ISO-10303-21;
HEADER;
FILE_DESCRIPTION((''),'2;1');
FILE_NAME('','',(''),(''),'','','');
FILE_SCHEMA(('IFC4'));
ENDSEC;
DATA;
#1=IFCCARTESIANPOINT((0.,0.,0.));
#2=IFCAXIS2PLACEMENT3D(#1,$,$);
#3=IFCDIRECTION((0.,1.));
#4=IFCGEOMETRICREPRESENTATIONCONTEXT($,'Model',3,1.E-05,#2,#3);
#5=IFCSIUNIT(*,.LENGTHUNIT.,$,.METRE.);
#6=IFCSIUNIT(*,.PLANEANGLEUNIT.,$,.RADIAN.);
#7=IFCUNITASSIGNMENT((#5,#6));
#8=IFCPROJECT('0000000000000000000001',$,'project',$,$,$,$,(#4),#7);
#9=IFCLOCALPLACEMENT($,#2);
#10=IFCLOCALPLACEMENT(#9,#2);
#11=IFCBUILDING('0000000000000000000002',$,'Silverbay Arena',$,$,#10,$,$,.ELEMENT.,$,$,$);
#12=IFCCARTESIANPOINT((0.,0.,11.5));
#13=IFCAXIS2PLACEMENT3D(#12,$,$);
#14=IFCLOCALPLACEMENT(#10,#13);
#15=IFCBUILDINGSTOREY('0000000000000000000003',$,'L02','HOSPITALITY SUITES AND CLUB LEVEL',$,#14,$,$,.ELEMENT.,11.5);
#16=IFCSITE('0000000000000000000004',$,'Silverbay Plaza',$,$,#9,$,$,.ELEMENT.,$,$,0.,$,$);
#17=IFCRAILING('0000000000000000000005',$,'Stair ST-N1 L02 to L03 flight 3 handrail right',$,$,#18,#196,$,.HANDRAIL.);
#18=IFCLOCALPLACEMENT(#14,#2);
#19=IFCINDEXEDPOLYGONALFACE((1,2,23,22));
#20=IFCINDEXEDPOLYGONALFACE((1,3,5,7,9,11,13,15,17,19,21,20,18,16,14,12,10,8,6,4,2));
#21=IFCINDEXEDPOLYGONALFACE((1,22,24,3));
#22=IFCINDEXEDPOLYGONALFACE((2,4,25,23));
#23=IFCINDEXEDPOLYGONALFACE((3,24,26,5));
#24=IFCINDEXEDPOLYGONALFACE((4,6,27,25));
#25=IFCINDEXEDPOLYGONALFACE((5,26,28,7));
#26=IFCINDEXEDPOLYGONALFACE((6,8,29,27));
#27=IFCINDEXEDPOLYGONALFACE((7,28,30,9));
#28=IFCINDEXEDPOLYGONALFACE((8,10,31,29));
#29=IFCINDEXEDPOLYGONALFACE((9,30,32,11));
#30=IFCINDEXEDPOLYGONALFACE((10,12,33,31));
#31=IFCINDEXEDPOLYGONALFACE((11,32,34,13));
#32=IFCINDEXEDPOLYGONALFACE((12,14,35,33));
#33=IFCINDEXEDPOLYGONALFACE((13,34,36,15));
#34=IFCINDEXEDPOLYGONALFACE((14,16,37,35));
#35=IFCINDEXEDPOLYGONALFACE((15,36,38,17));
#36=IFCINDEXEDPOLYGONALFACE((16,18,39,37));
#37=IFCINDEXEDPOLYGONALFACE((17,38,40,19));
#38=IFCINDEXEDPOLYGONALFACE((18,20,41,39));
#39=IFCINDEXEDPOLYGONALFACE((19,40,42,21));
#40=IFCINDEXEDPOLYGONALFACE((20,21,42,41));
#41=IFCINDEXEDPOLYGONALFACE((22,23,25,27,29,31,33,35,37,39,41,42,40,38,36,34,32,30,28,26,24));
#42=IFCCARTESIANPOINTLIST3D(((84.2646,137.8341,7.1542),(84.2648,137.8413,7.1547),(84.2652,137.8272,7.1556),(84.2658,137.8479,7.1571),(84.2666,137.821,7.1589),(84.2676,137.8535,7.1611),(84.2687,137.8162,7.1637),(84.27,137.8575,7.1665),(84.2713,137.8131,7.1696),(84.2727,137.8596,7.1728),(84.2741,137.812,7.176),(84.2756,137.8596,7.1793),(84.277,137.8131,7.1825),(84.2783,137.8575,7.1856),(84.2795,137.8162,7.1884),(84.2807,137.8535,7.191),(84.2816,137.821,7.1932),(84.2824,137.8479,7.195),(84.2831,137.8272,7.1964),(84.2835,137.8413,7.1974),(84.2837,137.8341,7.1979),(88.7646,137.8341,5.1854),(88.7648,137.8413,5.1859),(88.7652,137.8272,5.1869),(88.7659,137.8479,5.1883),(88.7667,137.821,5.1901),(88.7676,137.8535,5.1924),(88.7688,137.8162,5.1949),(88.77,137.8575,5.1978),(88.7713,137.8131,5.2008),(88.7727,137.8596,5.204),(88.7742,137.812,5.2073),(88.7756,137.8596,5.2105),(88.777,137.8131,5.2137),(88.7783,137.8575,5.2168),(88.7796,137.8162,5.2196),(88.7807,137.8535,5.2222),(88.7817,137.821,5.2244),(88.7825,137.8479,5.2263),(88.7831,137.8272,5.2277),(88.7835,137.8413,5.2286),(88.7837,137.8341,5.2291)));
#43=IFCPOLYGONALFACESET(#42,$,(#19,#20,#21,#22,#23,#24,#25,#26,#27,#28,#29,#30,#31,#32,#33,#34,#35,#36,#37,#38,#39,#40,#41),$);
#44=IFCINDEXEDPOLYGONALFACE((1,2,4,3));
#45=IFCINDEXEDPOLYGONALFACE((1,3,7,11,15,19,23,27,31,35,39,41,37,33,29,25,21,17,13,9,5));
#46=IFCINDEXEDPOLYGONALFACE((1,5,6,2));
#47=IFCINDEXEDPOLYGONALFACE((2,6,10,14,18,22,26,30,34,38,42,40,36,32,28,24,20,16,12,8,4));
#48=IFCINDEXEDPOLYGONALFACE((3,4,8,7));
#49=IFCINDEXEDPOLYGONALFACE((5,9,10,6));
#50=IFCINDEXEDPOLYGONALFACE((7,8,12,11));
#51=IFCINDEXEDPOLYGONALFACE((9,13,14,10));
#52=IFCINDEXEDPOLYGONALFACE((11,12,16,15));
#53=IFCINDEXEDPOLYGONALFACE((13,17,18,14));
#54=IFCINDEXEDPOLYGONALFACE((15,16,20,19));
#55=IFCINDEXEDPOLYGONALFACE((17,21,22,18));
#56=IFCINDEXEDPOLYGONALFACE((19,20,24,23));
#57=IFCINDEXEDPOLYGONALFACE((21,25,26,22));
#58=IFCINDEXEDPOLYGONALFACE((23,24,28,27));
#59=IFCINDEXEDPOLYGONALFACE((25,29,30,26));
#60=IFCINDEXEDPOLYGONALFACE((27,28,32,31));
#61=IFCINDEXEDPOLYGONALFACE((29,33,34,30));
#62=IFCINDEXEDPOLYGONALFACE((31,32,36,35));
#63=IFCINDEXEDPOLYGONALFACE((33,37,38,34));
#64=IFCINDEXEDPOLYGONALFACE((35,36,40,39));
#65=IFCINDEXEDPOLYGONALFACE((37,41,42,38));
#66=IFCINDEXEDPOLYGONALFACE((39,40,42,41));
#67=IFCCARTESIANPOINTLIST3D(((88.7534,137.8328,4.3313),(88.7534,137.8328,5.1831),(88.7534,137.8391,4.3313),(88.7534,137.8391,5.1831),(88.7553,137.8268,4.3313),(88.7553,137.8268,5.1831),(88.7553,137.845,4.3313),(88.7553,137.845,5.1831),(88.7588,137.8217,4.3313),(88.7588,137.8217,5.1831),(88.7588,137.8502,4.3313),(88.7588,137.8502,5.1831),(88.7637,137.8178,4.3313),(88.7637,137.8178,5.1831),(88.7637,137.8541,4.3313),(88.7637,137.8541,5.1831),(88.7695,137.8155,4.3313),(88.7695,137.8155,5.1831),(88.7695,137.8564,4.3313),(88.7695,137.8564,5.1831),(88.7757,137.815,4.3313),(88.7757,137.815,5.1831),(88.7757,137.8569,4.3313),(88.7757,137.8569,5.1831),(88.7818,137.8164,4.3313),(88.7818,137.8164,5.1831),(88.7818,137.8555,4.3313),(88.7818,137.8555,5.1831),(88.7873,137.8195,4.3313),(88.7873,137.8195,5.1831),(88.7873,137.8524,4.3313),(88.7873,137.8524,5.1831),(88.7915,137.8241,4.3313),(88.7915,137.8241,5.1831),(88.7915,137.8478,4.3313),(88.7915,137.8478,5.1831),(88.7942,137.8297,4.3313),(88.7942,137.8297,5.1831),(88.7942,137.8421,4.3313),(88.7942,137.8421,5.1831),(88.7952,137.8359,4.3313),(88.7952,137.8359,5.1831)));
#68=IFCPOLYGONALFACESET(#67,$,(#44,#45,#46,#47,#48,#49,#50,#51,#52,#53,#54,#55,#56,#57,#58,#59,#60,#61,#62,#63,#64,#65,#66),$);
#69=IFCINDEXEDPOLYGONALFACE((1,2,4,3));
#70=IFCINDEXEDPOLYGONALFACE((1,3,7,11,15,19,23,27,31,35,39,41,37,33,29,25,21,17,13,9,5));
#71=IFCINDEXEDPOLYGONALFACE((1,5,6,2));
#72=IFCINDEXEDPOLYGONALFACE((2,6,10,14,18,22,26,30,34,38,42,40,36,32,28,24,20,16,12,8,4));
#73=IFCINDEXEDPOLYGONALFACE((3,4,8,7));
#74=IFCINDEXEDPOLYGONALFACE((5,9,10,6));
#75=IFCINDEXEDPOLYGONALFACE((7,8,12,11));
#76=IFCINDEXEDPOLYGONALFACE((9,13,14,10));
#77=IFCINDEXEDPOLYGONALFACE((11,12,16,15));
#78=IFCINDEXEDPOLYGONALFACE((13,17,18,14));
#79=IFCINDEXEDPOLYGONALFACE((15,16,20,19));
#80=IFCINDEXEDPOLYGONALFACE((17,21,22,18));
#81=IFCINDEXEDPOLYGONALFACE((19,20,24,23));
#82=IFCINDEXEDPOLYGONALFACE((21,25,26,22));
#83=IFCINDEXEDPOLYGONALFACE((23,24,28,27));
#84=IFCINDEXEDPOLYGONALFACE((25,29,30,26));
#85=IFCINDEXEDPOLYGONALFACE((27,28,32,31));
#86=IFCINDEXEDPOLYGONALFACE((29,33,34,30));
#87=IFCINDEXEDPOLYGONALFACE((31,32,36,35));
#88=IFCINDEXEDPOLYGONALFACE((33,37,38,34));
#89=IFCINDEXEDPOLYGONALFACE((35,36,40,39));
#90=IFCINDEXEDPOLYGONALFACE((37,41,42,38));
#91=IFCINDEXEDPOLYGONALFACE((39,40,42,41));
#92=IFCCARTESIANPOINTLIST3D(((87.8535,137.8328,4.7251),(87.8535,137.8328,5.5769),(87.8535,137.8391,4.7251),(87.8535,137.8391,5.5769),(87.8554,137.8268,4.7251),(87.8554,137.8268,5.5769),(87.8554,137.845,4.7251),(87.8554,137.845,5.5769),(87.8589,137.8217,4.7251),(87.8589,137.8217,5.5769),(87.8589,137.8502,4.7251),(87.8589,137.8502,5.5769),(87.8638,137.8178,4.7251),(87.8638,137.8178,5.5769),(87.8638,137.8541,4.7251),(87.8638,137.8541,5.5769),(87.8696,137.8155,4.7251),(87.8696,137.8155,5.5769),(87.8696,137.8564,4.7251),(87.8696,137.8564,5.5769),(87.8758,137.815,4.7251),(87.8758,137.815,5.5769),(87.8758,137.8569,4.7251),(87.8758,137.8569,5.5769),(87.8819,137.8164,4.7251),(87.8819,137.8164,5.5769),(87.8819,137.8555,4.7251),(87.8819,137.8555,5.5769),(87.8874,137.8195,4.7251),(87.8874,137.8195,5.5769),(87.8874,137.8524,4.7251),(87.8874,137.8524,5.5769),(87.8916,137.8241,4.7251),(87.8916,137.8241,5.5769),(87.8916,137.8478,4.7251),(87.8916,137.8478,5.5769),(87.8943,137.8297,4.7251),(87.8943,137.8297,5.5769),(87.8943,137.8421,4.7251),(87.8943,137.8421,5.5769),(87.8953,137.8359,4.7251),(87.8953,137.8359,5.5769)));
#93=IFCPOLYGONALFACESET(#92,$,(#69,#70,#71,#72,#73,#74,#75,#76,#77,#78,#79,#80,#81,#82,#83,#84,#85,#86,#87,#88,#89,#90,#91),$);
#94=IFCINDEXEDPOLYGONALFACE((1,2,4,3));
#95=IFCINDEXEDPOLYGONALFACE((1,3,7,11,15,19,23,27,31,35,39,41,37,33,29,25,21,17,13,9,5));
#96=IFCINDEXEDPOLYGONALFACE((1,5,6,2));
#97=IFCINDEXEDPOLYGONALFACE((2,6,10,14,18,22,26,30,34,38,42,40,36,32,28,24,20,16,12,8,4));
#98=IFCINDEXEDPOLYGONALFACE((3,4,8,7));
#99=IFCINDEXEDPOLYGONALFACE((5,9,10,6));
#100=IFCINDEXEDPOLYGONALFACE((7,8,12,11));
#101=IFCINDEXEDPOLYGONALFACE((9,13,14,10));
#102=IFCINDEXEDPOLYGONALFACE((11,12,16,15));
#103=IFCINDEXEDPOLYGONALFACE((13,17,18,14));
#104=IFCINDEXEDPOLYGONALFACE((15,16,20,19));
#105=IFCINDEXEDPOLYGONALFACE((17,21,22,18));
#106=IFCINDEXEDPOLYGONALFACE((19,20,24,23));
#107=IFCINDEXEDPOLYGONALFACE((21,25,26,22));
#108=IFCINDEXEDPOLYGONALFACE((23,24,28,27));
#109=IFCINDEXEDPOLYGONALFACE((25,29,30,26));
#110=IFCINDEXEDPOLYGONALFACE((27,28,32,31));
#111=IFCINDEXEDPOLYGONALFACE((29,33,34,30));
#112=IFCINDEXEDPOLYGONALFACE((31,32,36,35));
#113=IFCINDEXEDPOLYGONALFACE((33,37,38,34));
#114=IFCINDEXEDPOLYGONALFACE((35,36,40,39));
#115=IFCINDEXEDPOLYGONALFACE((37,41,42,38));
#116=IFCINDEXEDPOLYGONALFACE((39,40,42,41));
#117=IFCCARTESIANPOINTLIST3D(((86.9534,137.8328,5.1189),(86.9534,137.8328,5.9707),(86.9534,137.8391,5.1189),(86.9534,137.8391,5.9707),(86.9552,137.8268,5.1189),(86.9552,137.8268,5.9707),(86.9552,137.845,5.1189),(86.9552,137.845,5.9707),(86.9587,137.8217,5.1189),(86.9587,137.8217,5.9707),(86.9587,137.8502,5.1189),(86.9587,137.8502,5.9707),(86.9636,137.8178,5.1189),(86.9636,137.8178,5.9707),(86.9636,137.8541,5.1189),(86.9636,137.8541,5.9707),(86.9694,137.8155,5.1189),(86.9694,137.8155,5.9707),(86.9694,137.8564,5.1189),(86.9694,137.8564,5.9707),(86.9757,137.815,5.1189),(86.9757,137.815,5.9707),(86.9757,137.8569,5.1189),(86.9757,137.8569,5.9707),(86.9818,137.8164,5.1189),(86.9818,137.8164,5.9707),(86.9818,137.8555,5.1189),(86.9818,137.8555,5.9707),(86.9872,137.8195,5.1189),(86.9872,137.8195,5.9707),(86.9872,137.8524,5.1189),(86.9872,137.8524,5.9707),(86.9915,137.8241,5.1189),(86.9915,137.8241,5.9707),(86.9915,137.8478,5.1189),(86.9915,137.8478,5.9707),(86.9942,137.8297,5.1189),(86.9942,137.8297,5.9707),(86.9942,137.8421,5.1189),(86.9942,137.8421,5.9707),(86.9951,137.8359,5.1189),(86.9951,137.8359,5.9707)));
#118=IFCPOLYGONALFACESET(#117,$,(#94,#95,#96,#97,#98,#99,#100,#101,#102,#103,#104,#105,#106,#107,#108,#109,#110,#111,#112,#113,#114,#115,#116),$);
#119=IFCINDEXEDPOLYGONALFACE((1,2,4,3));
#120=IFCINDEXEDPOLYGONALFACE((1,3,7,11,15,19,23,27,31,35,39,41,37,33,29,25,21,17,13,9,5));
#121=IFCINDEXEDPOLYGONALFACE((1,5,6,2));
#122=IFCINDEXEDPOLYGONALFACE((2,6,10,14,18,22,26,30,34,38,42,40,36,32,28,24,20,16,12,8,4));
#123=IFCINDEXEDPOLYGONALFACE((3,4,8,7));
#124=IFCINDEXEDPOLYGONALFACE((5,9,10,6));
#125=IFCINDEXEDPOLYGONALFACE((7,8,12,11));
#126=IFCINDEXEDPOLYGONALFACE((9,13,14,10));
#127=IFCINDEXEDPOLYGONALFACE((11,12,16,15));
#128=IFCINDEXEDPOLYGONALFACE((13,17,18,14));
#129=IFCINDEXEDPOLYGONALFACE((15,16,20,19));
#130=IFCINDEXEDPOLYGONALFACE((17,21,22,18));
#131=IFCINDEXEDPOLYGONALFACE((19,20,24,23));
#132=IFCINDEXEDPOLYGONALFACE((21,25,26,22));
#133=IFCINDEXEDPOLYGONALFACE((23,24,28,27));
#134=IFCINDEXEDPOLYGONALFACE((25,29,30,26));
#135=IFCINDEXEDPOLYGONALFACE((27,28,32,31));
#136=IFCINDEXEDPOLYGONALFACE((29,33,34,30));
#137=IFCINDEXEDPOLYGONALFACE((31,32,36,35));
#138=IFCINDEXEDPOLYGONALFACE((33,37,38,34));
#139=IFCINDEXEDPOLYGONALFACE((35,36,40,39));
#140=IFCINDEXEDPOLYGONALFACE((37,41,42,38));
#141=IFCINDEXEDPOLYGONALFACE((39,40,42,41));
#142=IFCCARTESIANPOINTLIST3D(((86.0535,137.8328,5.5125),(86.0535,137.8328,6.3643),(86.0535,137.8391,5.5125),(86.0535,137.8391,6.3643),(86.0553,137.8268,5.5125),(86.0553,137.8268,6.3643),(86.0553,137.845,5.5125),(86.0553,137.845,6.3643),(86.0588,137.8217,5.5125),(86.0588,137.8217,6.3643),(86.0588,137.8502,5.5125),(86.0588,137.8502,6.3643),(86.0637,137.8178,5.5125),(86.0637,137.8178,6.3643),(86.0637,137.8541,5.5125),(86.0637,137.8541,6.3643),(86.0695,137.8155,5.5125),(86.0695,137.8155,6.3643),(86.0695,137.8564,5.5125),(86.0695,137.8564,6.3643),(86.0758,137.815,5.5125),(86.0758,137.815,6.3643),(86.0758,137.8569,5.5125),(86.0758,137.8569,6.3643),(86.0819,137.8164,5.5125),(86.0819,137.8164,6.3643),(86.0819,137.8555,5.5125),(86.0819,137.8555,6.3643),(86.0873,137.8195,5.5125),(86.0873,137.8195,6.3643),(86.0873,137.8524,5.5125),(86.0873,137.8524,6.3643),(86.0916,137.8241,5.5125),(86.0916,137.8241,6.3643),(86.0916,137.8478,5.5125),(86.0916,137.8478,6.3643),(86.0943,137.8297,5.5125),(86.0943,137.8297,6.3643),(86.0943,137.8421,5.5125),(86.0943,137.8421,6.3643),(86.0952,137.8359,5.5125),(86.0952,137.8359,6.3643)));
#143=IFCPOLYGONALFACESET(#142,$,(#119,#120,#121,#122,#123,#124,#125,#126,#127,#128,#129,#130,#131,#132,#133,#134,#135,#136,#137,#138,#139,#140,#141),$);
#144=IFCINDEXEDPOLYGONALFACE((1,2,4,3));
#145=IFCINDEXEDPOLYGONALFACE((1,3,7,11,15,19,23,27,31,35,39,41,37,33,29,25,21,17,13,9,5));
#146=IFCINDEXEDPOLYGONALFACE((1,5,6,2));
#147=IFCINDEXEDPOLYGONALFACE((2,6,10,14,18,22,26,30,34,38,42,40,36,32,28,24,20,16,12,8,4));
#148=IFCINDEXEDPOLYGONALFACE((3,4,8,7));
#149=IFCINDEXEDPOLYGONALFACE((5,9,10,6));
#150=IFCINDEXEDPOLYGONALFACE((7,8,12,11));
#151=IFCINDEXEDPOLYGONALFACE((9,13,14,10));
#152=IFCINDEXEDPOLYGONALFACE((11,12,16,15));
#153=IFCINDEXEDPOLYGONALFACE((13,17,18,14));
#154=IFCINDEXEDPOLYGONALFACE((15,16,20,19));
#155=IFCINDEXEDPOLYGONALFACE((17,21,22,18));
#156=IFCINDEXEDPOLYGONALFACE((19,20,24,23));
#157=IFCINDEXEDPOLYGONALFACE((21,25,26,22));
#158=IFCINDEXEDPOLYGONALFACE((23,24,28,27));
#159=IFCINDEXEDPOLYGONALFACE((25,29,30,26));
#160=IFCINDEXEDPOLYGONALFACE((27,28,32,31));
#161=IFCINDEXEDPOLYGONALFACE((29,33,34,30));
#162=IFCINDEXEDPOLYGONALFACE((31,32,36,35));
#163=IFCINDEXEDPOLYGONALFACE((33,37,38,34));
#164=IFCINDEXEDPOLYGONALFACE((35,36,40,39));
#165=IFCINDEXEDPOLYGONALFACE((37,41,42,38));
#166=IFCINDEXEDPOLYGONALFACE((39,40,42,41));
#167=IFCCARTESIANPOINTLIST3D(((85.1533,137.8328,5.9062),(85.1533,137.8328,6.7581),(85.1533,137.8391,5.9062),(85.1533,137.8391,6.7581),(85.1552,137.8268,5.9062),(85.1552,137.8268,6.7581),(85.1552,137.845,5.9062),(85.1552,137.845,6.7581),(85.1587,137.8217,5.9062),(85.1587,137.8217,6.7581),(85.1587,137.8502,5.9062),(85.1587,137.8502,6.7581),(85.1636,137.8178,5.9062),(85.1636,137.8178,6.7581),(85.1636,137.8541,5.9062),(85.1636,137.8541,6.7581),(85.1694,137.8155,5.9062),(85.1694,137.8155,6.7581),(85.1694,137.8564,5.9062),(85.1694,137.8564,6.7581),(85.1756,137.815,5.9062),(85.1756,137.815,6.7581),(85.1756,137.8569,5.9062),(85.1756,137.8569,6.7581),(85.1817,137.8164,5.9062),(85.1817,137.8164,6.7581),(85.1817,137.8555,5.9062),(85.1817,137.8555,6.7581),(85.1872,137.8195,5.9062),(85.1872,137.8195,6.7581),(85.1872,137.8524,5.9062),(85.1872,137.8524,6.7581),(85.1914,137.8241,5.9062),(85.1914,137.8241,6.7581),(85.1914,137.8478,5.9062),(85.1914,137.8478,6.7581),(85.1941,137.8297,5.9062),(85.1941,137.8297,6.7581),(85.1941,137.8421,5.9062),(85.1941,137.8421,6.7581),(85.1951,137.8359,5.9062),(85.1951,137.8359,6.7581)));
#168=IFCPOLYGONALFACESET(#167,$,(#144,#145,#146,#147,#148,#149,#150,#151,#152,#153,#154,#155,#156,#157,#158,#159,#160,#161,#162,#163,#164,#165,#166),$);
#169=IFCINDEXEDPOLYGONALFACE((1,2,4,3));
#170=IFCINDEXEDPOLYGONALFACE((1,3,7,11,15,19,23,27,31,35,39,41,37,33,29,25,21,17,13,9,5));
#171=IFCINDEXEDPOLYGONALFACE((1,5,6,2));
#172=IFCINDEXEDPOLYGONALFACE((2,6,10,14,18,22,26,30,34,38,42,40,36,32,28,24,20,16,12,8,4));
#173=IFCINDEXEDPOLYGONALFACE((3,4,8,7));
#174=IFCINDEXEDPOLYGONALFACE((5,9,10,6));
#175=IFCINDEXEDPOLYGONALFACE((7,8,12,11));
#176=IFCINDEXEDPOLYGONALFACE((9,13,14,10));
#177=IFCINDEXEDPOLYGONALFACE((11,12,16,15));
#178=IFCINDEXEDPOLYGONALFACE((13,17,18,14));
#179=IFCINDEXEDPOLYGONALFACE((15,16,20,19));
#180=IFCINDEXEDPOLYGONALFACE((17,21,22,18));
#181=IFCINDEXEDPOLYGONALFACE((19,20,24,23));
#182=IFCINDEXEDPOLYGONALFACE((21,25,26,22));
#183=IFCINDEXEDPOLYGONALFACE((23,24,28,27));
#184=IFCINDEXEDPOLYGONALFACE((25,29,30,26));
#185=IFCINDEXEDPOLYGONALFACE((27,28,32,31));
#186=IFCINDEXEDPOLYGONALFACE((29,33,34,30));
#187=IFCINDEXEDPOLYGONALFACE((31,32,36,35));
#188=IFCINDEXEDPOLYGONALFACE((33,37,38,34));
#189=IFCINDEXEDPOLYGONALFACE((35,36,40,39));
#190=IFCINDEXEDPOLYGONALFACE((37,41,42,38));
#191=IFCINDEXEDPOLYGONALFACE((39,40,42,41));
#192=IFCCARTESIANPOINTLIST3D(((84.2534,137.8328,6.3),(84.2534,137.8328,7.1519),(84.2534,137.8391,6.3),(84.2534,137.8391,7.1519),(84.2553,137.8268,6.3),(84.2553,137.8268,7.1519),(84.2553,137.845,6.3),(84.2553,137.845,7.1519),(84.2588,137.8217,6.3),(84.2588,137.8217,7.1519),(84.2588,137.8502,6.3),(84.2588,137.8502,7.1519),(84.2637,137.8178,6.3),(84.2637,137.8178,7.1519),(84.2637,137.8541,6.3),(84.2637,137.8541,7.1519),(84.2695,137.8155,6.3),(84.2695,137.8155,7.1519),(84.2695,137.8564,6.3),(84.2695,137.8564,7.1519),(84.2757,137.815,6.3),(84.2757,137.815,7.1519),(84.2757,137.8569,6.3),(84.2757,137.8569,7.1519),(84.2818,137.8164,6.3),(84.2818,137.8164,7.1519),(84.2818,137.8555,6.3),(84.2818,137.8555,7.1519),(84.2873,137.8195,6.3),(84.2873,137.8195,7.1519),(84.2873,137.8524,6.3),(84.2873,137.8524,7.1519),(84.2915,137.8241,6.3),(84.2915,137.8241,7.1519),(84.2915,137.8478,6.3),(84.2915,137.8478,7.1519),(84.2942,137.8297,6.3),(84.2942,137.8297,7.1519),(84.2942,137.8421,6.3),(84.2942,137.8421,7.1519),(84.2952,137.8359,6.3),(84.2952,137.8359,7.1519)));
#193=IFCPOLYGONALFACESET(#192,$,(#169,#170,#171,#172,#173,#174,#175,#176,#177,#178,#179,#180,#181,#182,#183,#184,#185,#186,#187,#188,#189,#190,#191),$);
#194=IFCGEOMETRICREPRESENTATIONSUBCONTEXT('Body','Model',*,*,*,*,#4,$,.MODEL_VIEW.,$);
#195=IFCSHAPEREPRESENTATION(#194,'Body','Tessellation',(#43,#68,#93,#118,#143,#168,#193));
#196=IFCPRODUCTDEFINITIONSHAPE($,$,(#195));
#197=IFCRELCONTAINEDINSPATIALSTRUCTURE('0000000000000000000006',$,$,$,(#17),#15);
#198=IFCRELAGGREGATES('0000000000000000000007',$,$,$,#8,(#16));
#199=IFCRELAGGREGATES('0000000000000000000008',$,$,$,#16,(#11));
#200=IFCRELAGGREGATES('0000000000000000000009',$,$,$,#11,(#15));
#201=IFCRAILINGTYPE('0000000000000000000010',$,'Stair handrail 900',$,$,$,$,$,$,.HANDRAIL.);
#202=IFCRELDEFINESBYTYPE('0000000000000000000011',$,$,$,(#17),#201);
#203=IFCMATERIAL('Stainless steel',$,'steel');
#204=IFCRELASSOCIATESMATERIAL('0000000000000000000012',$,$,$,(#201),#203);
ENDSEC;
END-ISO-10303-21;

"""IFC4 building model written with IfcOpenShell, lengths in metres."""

from ifc_helpers import new_model, si_unit, direction, frame, origin, origin_2d, place, context, subcontext, project, spatial, circle, extrude, material, type_object, element, save


model = new_model("IFC4")

# Units and contexts
model_context = context("Model", 3, precision=1e-05, world=origin(), true_north=direction((0.0, 1.0)))
body_context = subcontext(model_context, "Body", "Model", "MODEL_VIEW")
ifc_project = project(units=[si_unit("LENGTHUNIT", "METRE"), si_unit("PLANEANGLEUNIT", "RADIAN")], contexts=[model_context])

# Site, building, storey
site_placement = place(None, origin())
site = spatial("IfcSite", under=ifc_project, at=site_placement, Name="Silverbay Plaza", CompositionType="ELEMENT", RefElevation=0.0)
building_placement = place(site_placement, origin())
building = spatial("IfcBuilding", under=site, at=building_placement, Name="Silverbay Arena", CompositionType="ELEMENT")
storey_placement = place(building_placement, frame((0.0, 0.0, 11.5)))
storey = spatial("IfcBuildingStorey", under=building, at=storey_placement, Name="L02", Description="HOSPITALITY SUITES AND CLUB LEVEL", CompositionType="ELEMENT", Elevation=11.5)

# Railing
ifc_material_1 = material(Name="Stainless steel", Category="steel")
railing_type_1 = type_object("IfcRailingType", Name="Stair handrail 900", PredefinedType="HANDRAIL", material=ifc_material_1)
for number, where, name in (
    (1, (88.7742, 137.8359, 4.3313), "Stair ST-N1 L02 to L03 flight 3 handrail right"),
):
    element("IfcRailing", number, at=place(storey_placement, frame(where)), inside=storey, type_object=railing_type_1, Name=name, PredefinedType="HANDRAIL", context=body_context, shape_type="SweptSolid", body=[
        extrude(circle(Radius=0.0239, at=origin_2d()), frame((0.0, 0.0, 0.876), z_axis=(-0.916157, 0.0, 0.400819), x_axis=(0.0, -1.0, 0.0)), (0.0, 0.0, 1.0), 4.9119),
        extrude(circle(Radius=0.021, at=origin_2d()), origin(), (0.0, 0.0, 1.0), 0.8518),
        extrude(circle(Radius=0.021, at=origin_2d()), frame((-0.8999, 0.0, 0.3938)), (0.0, 0.0, 1.0), 0.8518),
        extrude(circle(Radius=0.021, at=origin_2d()), frame((-1.8, 0.0, 0.7876)), (0.0, 0.0, 1.0), 0.8518),
        extrude(circle(Radius=0.021, at=origin_2d()), frame((-2.7, 0.0, 1.1812)), (0.0, 0.0, 1.0), 0.8518),
        extrude(circle(Radius=0.021, at=origin_2d()), frame((-3.6001, 0.0, 1.575)), (0.0, 0.0, 1.0), 0.8518),
        extrude(circle(Radius=0.021, at=origin_2d()), frame((-4.5, 0.0, 1.9688)), (0.0, 0.0, 1.0), 0.8518),
    ])

save(model, "model.ifc")
